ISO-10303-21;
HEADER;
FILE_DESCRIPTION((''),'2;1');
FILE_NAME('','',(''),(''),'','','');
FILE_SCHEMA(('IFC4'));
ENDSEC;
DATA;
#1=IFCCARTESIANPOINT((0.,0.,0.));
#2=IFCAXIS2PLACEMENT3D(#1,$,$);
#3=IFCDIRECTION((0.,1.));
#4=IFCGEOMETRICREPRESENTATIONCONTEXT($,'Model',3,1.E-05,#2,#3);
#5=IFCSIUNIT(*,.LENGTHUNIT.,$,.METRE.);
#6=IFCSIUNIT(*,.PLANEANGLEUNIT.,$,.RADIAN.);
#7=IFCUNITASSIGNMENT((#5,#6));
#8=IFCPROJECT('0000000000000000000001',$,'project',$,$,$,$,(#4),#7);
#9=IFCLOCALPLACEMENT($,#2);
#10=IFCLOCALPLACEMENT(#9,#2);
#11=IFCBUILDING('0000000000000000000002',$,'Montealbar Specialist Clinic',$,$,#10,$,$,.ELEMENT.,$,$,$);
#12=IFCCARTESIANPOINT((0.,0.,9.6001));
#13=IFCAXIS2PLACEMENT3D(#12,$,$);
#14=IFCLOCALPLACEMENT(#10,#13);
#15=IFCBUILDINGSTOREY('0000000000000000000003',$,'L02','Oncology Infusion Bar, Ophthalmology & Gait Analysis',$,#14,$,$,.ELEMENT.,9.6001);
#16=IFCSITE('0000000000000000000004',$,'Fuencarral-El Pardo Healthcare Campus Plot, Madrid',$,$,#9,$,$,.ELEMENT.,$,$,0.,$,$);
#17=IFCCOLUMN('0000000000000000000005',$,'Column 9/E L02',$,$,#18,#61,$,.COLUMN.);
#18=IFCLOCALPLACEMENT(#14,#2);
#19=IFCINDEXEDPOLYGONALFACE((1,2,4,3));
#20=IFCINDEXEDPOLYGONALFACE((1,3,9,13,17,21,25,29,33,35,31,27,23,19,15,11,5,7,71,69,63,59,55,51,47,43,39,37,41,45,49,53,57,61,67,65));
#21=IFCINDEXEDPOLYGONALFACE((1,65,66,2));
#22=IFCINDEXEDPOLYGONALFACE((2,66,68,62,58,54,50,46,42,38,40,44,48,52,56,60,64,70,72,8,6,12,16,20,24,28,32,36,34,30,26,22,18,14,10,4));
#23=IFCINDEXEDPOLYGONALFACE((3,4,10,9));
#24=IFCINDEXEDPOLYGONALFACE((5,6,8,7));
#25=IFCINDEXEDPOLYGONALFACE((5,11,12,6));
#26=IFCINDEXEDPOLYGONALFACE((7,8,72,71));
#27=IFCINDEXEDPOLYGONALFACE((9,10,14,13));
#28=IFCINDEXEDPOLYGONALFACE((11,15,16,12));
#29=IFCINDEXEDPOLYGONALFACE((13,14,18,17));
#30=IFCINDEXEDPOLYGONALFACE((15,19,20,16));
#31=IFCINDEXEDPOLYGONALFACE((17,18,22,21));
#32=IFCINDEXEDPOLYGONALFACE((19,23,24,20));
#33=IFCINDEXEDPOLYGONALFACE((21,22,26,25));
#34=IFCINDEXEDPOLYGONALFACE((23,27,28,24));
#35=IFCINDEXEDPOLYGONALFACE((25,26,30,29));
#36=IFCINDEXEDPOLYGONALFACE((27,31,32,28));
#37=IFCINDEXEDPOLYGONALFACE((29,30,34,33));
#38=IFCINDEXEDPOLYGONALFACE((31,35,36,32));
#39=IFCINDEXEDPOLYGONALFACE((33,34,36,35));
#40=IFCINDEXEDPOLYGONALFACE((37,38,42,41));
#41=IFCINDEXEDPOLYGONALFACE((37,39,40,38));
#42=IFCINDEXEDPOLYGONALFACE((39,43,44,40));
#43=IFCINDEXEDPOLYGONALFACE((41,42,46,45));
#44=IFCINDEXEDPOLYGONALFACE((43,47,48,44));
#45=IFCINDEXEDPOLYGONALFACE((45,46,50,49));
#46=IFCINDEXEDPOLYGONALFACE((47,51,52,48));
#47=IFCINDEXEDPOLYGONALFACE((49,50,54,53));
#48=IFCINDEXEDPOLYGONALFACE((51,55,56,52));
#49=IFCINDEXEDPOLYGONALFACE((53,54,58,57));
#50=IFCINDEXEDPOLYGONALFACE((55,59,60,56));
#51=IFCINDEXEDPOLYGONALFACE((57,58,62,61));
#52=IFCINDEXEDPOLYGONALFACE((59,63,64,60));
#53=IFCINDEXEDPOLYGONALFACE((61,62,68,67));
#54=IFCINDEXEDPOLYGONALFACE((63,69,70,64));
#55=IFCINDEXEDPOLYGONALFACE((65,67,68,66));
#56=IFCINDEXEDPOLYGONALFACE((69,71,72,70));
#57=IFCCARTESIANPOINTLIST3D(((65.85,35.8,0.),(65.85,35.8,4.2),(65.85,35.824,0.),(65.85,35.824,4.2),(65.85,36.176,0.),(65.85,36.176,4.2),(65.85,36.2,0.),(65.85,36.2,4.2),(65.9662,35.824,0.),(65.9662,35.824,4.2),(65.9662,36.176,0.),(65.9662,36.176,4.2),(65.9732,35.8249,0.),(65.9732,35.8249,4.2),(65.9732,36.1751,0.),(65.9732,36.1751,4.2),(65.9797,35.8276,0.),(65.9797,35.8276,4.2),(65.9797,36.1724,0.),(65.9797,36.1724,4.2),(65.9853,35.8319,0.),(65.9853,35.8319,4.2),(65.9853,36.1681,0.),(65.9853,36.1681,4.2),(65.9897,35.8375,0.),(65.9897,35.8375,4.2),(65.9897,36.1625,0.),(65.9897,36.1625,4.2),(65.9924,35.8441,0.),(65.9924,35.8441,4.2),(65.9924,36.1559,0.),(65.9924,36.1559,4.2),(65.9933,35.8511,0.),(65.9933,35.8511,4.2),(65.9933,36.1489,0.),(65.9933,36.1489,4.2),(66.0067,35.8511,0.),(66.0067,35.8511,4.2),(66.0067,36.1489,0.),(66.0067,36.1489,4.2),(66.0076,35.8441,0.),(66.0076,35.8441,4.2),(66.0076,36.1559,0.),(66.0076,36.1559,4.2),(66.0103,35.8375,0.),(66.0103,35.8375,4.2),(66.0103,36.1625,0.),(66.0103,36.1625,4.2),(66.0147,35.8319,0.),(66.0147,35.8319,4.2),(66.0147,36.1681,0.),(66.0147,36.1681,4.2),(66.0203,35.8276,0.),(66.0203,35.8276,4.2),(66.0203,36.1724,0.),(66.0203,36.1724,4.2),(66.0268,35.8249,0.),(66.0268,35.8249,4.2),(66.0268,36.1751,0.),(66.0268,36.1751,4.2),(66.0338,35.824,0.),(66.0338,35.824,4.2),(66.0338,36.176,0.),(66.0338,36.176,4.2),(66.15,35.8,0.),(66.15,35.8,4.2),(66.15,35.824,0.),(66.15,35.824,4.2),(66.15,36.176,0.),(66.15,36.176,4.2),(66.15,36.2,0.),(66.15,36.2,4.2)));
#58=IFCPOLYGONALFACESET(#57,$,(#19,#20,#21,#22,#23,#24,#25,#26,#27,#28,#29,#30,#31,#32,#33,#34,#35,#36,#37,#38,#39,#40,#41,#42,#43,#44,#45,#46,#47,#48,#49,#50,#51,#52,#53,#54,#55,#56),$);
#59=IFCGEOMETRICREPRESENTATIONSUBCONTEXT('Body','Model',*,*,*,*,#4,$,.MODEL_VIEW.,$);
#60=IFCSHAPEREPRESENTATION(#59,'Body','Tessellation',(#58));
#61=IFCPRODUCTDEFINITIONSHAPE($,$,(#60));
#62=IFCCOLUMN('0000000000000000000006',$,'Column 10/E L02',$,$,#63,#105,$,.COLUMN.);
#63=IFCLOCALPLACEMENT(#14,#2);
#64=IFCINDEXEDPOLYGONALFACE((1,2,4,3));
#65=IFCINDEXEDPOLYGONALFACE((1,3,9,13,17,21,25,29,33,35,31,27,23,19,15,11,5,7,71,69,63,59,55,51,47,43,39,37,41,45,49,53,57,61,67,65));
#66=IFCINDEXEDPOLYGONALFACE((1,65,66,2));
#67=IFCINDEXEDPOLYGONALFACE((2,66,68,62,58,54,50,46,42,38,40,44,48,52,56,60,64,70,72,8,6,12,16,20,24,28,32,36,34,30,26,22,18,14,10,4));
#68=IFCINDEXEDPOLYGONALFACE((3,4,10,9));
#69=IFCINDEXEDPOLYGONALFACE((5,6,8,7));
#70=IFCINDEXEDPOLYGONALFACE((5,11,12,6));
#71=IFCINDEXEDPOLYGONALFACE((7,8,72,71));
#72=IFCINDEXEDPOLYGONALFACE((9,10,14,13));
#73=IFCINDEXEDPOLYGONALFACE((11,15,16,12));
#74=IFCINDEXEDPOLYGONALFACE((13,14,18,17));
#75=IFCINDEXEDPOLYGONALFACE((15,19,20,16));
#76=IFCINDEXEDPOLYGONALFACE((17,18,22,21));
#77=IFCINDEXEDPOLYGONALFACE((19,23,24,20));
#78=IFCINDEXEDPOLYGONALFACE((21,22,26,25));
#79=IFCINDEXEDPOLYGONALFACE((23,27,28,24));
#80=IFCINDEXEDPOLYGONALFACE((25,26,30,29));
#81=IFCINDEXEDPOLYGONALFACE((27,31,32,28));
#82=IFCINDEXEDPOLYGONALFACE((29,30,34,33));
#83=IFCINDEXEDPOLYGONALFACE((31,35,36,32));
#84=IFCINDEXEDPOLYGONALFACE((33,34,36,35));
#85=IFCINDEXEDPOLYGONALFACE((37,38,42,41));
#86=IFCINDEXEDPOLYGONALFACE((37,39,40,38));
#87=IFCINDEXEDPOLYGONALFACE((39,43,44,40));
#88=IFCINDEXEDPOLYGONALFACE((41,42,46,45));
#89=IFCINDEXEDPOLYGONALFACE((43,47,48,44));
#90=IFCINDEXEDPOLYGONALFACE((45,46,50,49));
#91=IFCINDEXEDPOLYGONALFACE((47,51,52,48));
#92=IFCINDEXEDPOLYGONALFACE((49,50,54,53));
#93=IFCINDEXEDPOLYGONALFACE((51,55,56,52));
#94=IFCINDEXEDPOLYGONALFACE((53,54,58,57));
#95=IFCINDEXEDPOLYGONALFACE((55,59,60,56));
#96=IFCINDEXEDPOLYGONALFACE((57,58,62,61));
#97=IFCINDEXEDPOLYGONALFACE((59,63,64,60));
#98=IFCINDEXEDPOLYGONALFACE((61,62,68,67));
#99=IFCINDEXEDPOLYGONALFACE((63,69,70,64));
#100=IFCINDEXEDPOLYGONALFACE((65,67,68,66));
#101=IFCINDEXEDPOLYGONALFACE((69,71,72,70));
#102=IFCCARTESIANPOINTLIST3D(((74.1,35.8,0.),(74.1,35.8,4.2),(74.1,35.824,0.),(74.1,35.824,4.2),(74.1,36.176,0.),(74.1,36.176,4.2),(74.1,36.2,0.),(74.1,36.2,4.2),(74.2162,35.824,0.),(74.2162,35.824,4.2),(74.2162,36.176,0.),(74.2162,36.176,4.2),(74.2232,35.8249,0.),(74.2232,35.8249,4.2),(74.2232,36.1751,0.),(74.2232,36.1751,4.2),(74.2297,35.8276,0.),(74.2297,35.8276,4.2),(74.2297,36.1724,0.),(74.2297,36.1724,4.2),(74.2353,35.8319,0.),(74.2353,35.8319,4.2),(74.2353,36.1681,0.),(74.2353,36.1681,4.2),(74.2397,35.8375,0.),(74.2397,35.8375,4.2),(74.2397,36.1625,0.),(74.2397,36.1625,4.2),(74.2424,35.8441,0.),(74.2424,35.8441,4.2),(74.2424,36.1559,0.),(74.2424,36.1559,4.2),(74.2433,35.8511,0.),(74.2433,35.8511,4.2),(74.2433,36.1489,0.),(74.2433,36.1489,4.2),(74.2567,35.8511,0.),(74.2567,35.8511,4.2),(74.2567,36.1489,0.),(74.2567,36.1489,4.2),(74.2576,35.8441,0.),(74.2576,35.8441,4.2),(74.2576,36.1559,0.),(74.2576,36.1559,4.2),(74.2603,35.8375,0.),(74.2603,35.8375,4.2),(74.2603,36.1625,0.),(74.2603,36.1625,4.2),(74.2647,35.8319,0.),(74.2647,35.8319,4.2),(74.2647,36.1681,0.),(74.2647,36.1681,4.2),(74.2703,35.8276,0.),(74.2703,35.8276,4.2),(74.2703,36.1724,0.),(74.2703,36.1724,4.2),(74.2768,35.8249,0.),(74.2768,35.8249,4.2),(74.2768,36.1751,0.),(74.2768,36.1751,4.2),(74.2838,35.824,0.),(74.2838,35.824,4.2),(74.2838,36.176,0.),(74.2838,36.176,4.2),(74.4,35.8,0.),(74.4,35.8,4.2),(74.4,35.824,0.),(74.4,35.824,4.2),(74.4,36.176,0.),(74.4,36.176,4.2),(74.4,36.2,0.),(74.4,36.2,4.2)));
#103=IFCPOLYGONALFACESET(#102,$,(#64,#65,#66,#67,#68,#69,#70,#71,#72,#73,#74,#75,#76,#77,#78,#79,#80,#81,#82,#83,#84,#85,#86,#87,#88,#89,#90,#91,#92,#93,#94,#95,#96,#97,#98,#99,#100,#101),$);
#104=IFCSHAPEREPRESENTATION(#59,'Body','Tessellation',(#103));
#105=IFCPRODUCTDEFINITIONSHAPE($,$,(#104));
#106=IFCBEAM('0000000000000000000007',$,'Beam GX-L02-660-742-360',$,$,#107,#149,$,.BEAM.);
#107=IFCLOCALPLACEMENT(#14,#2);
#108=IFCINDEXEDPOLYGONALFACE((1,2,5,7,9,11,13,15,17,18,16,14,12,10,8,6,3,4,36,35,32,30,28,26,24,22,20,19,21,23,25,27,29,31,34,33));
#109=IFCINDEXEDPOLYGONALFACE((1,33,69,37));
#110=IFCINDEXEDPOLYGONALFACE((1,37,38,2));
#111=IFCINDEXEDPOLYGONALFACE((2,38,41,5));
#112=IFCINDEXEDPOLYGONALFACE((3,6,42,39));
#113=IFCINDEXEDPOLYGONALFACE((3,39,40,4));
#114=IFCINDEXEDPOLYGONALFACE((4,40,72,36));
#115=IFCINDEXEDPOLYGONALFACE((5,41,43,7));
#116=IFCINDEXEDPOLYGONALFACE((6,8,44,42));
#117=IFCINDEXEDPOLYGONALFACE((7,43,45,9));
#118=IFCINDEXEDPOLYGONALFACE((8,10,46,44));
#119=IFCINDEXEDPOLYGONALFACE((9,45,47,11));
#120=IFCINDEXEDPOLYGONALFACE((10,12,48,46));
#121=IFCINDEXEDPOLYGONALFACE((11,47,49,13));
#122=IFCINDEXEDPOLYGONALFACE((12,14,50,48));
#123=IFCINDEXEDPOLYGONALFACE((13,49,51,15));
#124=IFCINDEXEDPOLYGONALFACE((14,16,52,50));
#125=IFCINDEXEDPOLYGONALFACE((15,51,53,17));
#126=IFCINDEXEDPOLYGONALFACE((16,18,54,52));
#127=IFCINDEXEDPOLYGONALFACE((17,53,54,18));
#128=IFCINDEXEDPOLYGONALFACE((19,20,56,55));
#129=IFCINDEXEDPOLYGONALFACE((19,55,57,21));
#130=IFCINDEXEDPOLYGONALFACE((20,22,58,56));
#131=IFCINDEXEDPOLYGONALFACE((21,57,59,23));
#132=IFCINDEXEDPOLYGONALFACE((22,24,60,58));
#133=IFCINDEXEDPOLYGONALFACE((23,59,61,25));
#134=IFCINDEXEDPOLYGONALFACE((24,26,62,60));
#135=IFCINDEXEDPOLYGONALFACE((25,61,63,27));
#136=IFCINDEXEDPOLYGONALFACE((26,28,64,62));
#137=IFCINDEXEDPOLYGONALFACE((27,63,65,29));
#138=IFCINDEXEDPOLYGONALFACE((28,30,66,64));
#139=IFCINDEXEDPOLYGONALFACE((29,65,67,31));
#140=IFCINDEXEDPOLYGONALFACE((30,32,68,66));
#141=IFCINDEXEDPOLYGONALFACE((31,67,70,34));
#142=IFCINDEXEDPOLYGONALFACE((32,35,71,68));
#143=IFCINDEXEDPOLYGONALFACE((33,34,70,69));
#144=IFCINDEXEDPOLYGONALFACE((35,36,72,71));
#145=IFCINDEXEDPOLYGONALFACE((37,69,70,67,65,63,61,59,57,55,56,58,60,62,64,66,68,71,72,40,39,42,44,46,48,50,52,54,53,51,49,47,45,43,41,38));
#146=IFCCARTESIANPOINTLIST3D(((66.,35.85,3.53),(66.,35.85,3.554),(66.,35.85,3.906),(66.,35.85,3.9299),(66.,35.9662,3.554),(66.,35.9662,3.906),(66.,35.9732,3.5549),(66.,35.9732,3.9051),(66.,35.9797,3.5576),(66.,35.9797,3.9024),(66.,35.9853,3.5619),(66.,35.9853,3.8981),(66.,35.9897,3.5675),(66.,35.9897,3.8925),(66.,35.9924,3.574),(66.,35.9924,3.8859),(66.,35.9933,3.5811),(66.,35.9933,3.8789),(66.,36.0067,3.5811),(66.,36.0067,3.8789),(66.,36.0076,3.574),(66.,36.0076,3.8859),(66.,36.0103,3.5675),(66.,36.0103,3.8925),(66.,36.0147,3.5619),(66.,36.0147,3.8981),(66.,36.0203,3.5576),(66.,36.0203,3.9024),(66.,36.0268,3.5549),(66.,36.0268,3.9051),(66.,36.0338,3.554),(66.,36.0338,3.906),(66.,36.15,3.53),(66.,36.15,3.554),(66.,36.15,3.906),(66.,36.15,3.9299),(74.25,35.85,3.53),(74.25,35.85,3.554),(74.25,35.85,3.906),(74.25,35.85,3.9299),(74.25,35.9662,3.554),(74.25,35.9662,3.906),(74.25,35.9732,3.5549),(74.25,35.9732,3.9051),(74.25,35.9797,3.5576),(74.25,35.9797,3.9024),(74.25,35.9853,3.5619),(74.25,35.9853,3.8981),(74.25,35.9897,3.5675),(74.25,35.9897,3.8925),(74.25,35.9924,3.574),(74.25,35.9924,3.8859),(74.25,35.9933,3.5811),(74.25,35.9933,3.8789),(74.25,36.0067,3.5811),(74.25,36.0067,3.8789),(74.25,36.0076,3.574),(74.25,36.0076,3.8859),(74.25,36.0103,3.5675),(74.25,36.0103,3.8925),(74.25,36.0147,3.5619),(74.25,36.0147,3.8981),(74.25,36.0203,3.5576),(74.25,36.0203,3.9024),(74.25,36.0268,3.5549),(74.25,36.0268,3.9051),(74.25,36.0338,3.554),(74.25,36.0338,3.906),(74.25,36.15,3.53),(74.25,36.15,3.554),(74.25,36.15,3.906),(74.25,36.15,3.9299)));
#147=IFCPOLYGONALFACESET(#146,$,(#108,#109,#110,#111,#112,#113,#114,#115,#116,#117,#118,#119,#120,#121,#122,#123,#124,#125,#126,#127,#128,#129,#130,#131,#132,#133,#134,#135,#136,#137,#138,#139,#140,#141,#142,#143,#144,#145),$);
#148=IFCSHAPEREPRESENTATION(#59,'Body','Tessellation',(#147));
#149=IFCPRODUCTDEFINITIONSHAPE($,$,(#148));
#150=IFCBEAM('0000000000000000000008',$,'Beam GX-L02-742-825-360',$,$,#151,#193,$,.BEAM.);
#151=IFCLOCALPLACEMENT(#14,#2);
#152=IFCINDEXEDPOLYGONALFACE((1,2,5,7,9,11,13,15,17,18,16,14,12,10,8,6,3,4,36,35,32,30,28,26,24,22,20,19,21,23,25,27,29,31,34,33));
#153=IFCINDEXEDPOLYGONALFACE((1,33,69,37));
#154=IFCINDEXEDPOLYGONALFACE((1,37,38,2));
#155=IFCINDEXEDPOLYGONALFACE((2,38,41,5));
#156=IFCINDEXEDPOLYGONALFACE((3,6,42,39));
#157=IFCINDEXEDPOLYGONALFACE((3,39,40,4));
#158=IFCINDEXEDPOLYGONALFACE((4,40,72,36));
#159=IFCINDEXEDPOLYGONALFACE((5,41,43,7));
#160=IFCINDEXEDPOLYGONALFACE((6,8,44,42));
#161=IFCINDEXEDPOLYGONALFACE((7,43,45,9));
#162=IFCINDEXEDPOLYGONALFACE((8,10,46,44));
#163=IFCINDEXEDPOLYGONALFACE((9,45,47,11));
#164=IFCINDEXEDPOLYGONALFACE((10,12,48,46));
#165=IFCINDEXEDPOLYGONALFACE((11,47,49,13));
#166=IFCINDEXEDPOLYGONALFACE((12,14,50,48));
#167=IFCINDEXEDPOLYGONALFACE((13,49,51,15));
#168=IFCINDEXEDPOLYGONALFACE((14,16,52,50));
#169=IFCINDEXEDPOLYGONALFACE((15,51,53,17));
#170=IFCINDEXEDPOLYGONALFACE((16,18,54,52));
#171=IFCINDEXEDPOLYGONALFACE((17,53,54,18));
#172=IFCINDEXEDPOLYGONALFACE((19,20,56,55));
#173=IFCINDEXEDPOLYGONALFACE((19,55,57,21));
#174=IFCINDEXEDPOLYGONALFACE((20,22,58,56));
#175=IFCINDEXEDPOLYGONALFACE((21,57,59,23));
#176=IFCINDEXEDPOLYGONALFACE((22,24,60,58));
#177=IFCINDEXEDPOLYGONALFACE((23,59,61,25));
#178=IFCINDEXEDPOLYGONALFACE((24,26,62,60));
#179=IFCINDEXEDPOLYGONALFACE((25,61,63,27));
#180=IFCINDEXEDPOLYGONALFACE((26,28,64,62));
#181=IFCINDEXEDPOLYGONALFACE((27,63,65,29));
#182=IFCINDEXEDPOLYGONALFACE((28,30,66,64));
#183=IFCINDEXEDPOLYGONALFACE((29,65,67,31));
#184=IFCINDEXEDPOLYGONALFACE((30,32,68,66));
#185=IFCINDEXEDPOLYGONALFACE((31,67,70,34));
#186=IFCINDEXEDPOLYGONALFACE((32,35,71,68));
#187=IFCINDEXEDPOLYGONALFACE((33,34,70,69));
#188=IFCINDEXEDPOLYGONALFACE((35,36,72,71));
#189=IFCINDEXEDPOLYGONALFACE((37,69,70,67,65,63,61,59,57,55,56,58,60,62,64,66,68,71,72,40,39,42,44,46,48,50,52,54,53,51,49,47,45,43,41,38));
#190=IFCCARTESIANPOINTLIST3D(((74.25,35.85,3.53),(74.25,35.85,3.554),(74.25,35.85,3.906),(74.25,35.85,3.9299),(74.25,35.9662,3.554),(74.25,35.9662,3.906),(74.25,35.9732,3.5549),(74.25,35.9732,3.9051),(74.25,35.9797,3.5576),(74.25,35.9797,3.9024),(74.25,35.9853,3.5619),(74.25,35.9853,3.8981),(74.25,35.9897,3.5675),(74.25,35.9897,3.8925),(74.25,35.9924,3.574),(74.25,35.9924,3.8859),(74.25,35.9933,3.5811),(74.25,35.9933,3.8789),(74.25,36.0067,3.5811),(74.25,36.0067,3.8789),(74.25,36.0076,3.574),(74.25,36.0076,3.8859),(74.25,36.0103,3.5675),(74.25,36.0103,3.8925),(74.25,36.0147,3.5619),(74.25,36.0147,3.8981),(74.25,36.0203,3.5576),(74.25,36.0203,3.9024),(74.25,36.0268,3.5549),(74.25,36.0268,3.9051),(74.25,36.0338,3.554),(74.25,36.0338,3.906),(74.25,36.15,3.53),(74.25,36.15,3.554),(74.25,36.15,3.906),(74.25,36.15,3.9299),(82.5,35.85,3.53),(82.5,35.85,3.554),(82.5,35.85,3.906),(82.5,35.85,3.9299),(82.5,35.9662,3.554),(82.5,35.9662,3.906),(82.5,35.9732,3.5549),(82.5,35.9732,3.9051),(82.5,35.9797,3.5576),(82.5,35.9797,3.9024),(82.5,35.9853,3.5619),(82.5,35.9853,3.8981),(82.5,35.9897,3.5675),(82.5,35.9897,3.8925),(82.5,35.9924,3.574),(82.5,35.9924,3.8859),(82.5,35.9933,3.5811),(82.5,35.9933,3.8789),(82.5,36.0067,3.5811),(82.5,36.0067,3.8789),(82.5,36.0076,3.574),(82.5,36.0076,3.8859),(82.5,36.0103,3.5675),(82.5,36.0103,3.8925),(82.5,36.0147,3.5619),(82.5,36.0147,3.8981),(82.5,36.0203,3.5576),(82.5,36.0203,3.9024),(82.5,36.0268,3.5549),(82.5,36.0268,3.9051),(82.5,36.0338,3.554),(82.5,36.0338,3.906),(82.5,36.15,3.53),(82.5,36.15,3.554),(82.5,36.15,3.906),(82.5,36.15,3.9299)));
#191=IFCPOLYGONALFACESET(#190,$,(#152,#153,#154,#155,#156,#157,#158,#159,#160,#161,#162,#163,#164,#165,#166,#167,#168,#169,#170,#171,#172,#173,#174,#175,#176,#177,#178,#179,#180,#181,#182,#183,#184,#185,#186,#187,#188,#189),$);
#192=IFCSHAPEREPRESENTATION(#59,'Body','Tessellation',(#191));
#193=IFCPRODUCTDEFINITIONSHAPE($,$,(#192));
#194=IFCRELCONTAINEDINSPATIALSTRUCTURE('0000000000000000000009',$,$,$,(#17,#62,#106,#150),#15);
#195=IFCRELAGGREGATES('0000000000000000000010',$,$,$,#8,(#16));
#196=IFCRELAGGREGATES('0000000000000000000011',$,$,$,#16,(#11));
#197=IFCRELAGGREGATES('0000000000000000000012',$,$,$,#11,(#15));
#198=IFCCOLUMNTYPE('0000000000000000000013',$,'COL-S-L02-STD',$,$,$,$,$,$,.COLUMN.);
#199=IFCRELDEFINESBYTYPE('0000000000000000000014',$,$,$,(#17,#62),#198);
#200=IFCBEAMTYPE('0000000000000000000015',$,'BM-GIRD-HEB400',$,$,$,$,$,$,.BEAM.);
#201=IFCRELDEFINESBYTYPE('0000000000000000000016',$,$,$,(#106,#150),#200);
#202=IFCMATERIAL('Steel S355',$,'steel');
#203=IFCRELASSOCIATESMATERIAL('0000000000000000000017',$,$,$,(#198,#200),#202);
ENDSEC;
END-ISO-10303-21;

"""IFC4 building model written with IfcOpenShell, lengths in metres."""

from ifc_helpers import new_model, si_unit, direction, frame, origin, origin_2d, place, context, subcontext, project, spatial, i_section, extrude, material, material_profile, profile_set, type_object, element, save


model = new_model("IFC4")

# Units and contexts
model_context = context("Model", 3, precision=1e-05, world=origin(), true_north=direction((0.0, 1.0)))
body_context = subcontext(model_context, "Body", "Model", "MODEL_VIEW")
ifc_project = project(units=[si_unit("LENGTHUNIT", "METRE"), si_unit("PLANEANGLEUNIT", "RADIAN")], contexts=[model_context])

# Site, building, storey
site_placement = place(None, origin())
site = spatial("IfcSite", under=ifc_project, at=site_placement, Name="Fuencarral-El Pardo Healthcare Campus Plot, Madrid", CompositionType="ELEMENT", RefElevation=0.0)
building_placement = place(site_placement, origin())
building = spatial("IfcBuilding", under=site, at=building_placement, Name="Montealbar Specialist Clinic", CompositionType="ELEMENT")
storey_placement = place(building_placement, frame((0.0, 0.0, 9.6001)))
storey = spatial("IfcBuildingStorey", under=building, at=storey_placement, Name="L02", Description="Oncology Infusion Bar, Ophthalmology & Gait Analysis", CompositionType="ELEMENT", Elevation=9.6001)

# Columns
ifc_material_1 = material(Name="Steel S355", Category="steel")
ifc_material_profile_1 = material_profile(ifc_material_1, i_section(OverallWidth=0.3, OverallDepth=0.3999, WebThickness=0.0134, FlangeThickness=0.0239, FilletRadius=0.0271, at=origin_2d()), Name="HEB 400", Category="steel")
ifc_profile_set_1 = profile_set([ifc_material_profile_1], Name="Steel S355")
column_type = type_object("IfcColumnType", Name="COL-S-L02-STD", PredefinedType="COLUMN", material=ifc_profile_set_1)
for number, where, z_axis, x_axis, name in (
    (1, (66.0, 36.0, 0.0), (0.0, 0.0, 1.0), (1.0, 0.0, 0.0), "Column 9/E L02"),
    (2, (74.25, 36.0, 0.0), (0.0, 0.0, 1.0), (1.0, 0.0, 0.0), "Column 10/E L02"),
):
    element("IfcColumn", number, at=place(storey_placement, frame(where, z_axis=z_axis, x_axis=x_axis)), inside=storey, type_object=column_type, Name=name, PredefinedType="COLUMN", context=body_context, shape_type="SweptSolid", body=[
        extrude(i_section(OverallWidth=0.3, OverallDepth=0.3999, WebThickness=0.0134, FlangeThickness=0.0239, FilletRadius=0.0271, at=origin_2d()), origin(), (0.0, 0.0, 1.0), 4.2),
    ])

# Beams
ifc_material_profile_2 = material_profile(ifc_material_1, i_section(OverallWidth=0.3, OverallDepth=0.3999, WebThickness=0.0134, FlangeThickness=0.0239, FilletRadius=0.0271, at=origin_2d()), Name="HEB 400", Category="steel")
ifc_profile_set_2 = profile_set([ifc_material_profile_2], Name="Steel S355")
beam_type_1 = type_object("IfcBeamType", Name="BM-GIRD-HEB400", PredefinedType="BEAM", material=ifc_profile_set_2)
for number, where, z_axis, x_axis, name in (
    (3, (66.0, 36.0, 3.73), (1.0, 0.0, 0.0), (0.0, 1.0, 0.0), "Beam GX-L02-660-742-360"),
    (4, (74.25, 36.0, 3.73), (1.0, 0.0, 0.0), (0.0, 1.0, 0.0), "Beam GX-L02-742-825-360"),
):
    element("IfcBeam", number, at=place(storey_placement, frame(where, z_axis=z_axis, x_axis=x_axis)), inside=storey, type_object=beam_type_1, Name=name, PredefinedType="BEAM", context=body_context, shape_type="SweptSolid", body=[
        extrude(i_section(OverallWidth=0.3, OverallDepth=0.3999, WebThickness=0.0134, FlangeThickness=0.0239, FilletRadius=0.0271, at=origin_2d()), origin(), (0.0, 0.0, 1.0), 8.25),
    ])

save(model, "model.ifc")
